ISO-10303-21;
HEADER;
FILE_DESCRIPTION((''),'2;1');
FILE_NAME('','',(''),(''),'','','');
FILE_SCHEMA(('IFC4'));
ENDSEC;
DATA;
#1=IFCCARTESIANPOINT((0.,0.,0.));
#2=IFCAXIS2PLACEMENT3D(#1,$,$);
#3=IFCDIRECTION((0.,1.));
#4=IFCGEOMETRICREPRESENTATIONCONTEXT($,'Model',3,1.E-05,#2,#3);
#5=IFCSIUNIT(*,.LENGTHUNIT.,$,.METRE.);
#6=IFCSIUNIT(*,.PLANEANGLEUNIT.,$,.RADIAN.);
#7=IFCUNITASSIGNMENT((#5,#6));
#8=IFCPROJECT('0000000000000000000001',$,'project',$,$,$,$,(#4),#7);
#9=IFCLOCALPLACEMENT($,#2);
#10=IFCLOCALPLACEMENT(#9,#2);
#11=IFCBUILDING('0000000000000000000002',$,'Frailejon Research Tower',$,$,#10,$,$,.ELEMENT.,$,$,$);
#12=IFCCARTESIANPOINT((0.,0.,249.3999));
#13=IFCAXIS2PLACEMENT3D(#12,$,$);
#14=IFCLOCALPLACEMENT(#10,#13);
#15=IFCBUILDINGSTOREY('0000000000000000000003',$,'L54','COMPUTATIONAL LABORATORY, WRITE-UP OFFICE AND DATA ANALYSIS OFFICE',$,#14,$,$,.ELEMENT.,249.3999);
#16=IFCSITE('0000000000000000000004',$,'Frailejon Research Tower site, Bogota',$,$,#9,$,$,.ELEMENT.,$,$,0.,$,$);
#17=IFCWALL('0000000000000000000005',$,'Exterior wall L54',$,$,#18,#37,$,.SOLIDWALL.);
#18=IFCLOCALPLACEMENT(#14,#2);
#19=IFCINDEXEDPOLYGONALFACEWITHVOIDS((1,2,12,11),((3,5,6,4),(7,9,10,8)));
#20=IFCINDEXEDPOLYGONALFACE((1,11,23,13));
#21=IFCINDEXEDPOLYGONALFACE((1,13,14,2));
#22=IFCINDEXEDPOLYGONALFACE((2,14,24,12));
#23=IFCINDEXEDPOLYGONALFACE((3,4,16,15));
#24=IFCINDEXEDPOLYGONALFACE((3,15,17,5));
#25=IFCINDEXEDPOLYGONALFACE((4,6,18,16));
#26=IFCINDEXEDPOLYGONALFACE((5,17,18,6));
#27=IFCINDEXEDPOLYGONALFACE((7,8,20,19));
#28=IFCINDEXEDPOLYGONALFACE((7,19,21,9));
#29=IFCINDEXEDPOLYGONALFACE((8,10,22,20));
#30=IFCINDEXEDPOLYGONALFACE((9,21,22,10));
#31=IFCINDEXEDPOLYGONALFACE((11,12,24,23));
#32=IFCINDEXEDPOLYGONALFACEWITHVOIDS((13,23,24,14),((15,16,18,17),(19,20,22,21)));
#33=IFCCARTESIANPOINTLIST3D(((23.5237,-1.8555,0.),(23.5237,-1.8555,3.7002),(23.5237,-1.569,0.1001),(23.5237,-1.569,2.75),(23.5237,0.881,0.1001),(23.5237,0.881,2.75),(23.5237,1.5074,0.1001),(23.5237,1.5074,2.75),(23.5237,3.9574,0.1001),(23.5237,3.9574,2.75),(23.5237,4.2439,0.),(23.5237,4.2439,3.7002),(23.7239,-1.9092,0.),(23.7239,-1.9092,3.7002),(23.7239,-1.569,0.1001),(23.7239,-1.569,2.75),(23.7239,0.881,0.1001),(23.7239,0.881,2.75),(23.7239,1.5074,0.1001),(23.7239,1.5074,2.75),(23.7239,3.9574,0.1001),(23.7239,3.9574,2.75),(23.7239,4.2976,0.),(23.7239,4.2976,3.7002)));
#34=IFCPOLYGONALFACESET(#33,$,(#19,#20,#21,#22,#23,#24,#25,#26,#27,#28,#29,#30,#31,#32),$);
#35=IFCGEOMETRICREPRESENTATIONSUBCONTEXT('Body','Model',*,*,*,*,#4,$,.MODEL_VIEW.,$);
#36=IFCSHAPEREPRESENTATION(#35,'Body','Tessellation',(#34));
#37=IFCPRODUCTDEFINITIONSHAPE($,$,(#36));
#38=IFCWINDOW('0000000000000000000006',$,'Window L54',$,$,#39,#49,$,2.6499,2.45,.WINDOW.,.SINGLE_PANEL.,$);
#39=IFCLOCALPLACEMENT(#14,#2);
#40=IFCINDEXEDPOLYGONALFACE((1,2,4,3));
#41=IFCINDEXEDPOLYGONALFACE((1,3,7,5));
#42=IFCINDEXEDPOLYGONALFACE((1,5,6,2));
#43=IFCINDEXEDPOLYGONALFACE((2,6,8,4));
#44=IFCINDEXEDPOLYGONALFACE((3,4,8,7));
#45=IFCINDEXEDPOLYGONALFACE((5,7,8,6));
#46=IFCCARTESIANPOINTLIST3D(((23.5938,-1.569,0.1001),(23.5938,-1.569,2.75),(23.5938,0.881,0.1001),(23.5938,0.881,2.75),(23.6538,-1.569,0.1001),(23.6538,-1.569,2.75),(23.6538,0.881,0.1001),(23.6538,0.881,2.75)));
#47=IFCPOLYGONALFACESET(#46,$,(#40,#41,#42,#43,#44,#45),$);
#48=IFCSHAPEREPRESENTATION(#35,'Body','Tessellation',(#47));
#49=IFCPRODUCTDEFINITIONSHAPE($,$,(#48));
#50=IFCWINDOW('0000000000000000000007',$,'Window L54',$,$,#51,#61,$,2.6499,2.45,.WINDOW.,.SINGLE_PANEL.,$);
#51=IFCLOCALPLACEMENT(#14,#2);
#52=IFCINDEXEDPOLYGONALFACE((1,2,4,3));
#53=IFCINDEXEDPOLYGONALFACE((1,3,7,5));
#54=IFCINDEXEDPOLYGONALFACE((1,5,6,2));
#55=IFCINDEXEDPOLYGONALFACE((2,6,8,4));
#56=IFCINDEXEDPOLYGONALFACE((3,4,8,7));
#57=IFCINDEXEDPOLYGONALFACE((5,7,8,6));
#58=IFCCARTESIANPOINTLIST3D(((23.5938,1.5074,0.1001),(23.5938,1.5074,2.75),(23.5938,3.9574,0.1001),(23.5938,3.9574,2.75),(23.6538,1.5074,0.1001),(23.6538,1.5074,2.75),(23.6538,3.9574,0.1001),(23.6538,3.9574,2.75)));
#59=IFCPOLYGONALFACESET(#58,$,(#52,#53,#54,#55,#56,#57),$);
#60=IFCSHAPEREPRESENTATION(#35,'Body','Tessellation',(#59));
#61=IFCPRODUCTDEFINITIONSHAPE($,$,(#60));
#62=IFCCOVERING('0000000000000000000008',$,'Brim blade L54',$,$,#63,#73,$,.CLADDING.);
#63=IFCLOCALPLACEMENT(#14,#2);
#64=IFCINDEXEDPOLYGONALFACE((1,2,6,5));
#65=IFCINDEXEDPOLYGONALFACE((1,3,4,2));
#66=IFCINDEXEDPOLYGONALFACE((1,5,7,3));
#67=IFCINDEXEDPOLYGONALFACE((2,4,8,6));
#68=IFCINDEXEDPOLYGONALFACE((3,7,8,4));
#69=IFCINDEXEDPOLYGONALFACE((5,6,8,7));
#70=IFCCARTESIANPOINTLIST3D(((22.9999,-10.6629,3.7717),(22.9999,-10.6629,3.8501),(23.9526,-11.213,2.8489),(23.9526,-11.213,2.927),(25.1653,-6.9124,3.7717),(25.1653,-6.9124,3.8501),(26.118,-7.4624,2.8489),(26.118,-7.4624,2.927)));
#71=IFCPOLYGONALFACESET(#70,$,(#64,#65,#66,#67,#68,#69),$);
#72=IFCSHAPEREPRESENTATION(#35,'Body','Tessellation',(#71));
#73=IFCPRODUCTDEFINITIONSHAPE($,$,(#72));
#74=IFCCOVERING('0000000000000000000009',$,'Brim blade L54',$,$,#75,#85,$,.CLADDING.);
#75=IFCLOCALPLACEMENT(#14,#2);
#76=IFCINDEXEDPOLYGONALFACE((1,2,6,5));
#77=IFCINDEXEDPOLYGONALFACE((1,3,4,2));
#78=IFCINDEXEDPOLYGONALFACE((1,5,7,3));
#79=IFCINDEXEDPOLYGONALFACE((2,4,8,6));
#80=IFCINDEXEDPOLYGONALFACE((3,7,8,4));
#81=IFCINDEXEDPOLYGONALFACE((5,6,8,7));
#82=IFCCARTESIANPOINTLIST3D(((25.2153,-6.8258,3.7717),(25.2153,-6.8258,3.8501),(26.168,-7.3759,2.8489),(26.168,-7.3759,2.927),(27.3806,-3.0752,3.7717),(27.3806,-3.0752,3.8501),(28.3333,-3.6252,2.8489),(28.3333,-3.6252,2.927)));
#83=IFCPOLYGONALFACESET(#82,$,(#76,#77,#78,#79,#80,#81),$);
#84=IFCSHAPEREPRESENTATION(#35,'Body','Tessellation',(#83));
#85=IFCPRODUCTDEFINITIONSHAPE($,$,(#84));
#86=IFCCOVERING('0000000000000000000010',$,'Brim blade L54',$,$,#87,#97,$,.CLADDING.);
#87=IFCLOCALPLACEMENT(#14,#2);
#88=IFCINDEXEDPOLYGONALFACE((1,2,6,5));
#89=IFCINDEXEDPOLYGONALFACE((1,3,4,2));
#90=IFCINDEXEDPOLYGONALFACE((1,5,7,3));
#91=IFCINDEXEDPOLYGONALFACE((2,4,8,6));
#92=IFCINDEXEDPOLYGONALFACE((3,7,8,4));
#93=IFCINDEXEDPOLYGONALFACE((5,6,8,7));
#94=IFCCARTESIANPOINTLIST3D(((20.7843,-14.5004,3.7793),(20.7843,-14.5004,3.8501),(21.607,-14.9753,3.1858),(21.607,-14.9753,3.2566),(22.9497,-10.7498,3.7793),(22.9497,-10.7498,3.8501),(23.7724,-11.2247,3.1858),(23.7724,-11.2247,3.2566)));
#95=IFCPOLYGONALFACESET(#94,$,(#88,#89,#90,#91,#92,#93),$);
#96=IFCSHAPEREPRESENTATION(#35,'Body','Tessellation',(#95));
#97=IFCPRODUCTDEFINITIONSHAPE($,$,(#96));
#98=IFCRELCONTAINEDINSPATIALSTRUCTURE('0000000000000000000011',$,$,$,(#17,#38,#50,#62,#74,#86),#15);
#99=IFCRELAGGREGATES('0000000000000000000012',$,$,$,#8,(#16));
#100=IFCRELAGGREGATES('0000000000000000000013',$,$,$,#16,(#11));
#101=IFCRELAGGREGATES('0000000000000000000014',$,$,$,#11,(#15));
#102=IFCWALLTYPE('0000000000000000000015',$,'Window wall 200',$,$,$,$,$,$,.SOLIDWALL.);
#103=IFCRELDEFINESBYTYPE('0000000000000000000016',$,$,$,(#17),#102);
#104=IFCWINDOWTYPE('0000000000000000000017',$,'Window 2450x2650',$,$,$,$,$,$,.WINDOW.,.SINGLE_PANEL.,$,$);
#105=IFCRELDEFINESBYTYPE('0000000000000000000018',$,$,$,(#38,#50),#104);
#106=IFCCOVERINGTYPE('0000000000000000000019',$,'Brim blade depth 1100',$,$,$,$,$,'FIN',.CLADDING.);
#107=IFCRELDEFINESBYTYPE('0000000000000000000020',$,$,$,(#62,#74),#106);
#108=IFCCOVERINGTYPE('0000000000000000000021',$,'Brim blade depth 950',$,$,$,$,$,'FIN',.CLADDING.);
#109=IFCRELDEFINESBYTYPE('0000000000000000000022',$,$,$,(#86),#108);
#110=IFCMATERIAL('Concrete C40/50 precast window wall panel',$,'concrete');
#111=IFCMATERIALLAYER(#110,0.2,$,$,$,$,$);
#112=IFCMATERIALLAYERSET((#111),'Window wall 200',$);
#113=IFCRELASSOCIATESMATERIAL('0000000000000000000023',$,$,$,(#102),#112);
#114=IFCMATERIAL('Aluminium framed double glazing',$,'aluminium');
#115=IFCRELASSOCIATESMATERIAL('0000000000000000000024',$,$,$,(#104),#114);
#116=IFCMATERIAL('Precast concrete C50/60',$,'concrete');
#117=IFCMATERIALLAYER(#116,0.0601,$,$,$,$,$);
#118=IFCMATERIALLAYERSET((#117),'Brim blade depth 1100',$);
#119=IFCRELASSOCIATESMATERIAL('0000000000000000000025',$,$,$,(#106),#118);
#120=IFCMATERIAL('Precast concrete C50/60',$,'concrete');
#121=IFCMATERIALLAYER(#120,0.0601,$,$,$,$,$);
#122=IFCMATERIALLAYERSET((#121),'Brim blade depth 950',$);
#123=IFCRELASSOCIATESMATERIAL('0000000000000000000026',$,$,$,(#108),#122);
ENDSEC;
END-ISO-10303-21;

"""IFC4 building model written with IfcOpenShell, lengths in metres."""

from ifc_helpers import new_model, si_unit, direction, frame, frame_2d, origin, place, context, subcontext, project, spatial, polyline, rectangle, outline, extrude, material, layer, layer_set, type_object, element, fill, save


model = new_model("IFC4")

# Units and contexts
model_context = context("Model", 3, precision=1e-05, world=origin(), true_north=direction((0.0, 1.0)))
body_context = subcontext(model_context, "Body", "Model", "MODEL_VIEW")
ifc_project = project(units=[si_unit("LENGTHUNIT", "METRE"), si_unit("PLANEANGLEUNIT", "RADIAN")], contexts=[model_context])

# Site, building, storey
site_placement = place(None, origin())
site = spatial("IfcSite", under=ifc_project, at=site_placement, Name="Frailejon Research Tower site, Bogota", CompositionType="ELEMENT", RefElevation=0.0)
building_placement = place(site_placement, origin())
building = spatial("IfcBuilding", under=site, at=building_placement, Name="Frailejon Research Tower", CompositionType="ELEMENT")
storey_placement = place(building_placement, frame((0.0, 0.0, 249.3999)))
storey = spatial("IfcBuildingStorey", under=building, at=storey_placement, Name="L54", Description="COMPUTATIONAL LABORATORY, WRITE-UP OFFICE AND DATA ANALYSIS OFFICE", CompositionType="ELEMENT", Elevation=249.3999)

# Wall, openings, windows
ifc_material_1 = material(Name="Concrete C40/50 precast window wall panel", Category="concrete")
ifc_layer_1 = layer(ifc_material_1, 0.2)
ifc_layer_set_1 = layer_set([ifc_layer_1], Name="Window wall 200")
wall_type = type_object("IfcWallType", Name="Window wall 200", PredefinedType="SOLIDWALL", material=ifc_layer_set_1)
wall_placement = place(storey_placement, frame((23.6238, -1.8823, 0.0), z_axis=(0.0, 0.0, 1.0), x_axis=(0.0, 1.0, 0.0)))
wall = element("IfcWall", 1, at=wall_placement, inside=storey, type_object=wall_type, Name="Exterior wall L54", PredefinedType="SOLIDWALL", context=body_context, shape_type="SweptSolid", body=[
    extrude(outline(polyline([(-0.0269, -0.1001), (1.0076, -0.1001), (2.042, -0.1001), (3.0767, -0.1001), (4.1111, -0.1001), (5.1455, -0.1001), (6.1799, -0.1001), (6.1262, 0.1001), (5.1096, 0.1001), (4.093, 0.1001), (3.0767, 0.1001), (2.0601, 0.1001), (1.0435, 0.1001), (0.0269, 0.1001), (-0.0269, -0.1001)])), origin(), (0.0, 0.0, 1.0), 3.7002),
])
opening_1_placement = place(wall_placement, frame((0.3132, 0.0, 0.1001)))
opening_1 = element("IfcOpeningElement", 2, at=opening_1_placement, cuts=wall, PredefinedType="OPENING", context=body_context, shape_type="SweptSolid", body=[
    extrude(rectangle(XDim=2.45, YDim=2.6499, at=frame_2d((1.2251, 1.325))), frame((0.0, 0.1099, 0.0), z_axis=(0.0, -1.0, 0.0), x_axis=(1.0, 0.0, 0.0)), (0.0, 0.0, 1.0), 0.22),
])
opening_2_placement = place(wall_placement, frame((3.3896, 0.0, 0.1001)))
opening_2 = element("IfcOpeningElement", 3, at=opening_2_placement, cuts=wall, PredefinedType="OPENING", context=body_context, shape_type="SweptSolid", body=[
    extrude(rectangle(XDim=2.45, YDim=2.6499, at=frame_2d((1.2251, 1.325))), frame((0.0, 0.1099, 0.0), z_axis=(0.0, -1.0, 0.0), x_axis=(1.0, 0.0, 0.0)), (0.0, 0.0, 1.0), 0.22),
])
ifc_material_2 = material(Name="Aluminium framed double glazing", Category="aluminium")
window_type = type_object("IfcWindowType", Name="Window 2450x2650", PartitioningType="SINGLE_PANEL", PredefinedType="WINDOW", material=ifc_material_2)
window_1_placement = place(opening_1_placement, origin())
window_1 = element("IfcWindow", 4, at=window_1_placement, inside=storey, type_object=window_type, Name="Window L54", OverallHeight=2.6499, OverallWidth=2.45, PartitioningType="SINGLE_PANEL", PredefinedType="WINDOW", context=body_context, shape_type="SweptSolid", body=[
    extrude(rectangle(XDim=2.45, YDim=2.6499, at=frame_2d((1.2251, 1.325))), frame((0.0, 0.03, 0.0), z_axis=(0.0, -1.0, 0.0), x_axis=(1.0, 0.0, 0.0)), (0.0, 0.0, 1.0), 0.0601),
])
fill(opening_1, window_1)
window_2_placement = place(opening_2_placement, origin())
window_2 = element("IfcWindow", 5, at=window_2_placement, inside=storey, type_object=window_type, Name="Window L54", OverallHeight=2.6499, OverallWidth=2.45, PartitioningType="SINGLE_PANEL", PredefinedType="WINDOW", context=body_context, shape_type="SweptSolid", body=[
    extrude(rectangle(XDim=2.45, YDim=2.6499, at=frame_2d((1.2251, 1.325))), frame((0.0, 0.03, 0.0), z_axis=(0.0, -1.0, 0.0), x_axis=(1.0, 0.0, 0.0)), (0.0, 0.0, 1.0), 0.0601),
])
fill(opening_2, window_2)

# Coverings
ifc_material_3 = material(Name="Precast concrete C50/60", Category="concrete")
ifc_layer_2 = layer(ifc_material_3, 0.0601)
ifc_layer_set_2 = layer_set([ifc_layer_2], Name="Brim blade depth 1100")
covering_type_1 = type_object("IfcCoveringType", Name="Brim blade depth 1100", ElementType="FIN", PredefinedType="CLADDING", material=ifc_layer_set_2)
for number, where, z_axis, x_axis, name in (
    (6, (25.1653, -6.9124, 3.8501), (-0.500006, -0.866022, 0.0), (0.866022, -0.500006, 0.0), "Brim blade L54"),
    (7, (27.3806, -3.0752, 3.8501), (-0.499989, -0.866032, 0.0), (0.866032, -0.499989, 0.0), "Brim blade L54"),
):
    element("IfcCovering", number, at=place(storey_placement, frame(where, z_axis=z_axis, x_axis=x_axis)), inside=storey, type_object=covering_type_1, Name=name, PredefinedType="CLADDING", context=body_context, shape_type="SweptSolid", body=[
        extrude(outline(polyline([(0.0, -0.0784), (1.1001, -1.0012), (1.1001, -0.9231), (0.0, 0.0), (0.0, -0.0784)])), origin(), (0.0, 0.0, 1.0), 4.3308),
    ])
ifc_material_4 = material(Name="Precast concrete C50/60", Category="concrete")
ifc_layer_3 = layer(ifc_material_4, 0.0601)
ifc_layer_set_3 = layer_set([ifc_layer_3], Name="Brim blade depth 950")
covering_type_2 = type_object("IfcCoveringType", Name="Brim blade depth 950", ElementType="FIN", PredefinedType="CLADDING", material=ifc_layer_set_3)
covering_placement = place(storey_placement, frame((22.9497, -10.7498, 3.8501), z_axis=(-0.499999, -0.866026, 0.0), x_axis=(0.866026, -0.499999, 0.0)))
element("IfcCovering", 8, at=covering_placement, inside=storey, type_object=covering_type_2, Name="Brim blade L54", PredefinedType="CLADDING", context=body_context, shape_type="SweptSolid", body=[
    extrude(outline(polyline([(0.0, -0.0708), (0.95, -0.6643), (0.95, -0.5935), (0.0, 0.0), (0.0, -0.0708)])), origin(), (0.0, 0.0, 1.0), 4.3308),
])

save(model, "model.ifc")
